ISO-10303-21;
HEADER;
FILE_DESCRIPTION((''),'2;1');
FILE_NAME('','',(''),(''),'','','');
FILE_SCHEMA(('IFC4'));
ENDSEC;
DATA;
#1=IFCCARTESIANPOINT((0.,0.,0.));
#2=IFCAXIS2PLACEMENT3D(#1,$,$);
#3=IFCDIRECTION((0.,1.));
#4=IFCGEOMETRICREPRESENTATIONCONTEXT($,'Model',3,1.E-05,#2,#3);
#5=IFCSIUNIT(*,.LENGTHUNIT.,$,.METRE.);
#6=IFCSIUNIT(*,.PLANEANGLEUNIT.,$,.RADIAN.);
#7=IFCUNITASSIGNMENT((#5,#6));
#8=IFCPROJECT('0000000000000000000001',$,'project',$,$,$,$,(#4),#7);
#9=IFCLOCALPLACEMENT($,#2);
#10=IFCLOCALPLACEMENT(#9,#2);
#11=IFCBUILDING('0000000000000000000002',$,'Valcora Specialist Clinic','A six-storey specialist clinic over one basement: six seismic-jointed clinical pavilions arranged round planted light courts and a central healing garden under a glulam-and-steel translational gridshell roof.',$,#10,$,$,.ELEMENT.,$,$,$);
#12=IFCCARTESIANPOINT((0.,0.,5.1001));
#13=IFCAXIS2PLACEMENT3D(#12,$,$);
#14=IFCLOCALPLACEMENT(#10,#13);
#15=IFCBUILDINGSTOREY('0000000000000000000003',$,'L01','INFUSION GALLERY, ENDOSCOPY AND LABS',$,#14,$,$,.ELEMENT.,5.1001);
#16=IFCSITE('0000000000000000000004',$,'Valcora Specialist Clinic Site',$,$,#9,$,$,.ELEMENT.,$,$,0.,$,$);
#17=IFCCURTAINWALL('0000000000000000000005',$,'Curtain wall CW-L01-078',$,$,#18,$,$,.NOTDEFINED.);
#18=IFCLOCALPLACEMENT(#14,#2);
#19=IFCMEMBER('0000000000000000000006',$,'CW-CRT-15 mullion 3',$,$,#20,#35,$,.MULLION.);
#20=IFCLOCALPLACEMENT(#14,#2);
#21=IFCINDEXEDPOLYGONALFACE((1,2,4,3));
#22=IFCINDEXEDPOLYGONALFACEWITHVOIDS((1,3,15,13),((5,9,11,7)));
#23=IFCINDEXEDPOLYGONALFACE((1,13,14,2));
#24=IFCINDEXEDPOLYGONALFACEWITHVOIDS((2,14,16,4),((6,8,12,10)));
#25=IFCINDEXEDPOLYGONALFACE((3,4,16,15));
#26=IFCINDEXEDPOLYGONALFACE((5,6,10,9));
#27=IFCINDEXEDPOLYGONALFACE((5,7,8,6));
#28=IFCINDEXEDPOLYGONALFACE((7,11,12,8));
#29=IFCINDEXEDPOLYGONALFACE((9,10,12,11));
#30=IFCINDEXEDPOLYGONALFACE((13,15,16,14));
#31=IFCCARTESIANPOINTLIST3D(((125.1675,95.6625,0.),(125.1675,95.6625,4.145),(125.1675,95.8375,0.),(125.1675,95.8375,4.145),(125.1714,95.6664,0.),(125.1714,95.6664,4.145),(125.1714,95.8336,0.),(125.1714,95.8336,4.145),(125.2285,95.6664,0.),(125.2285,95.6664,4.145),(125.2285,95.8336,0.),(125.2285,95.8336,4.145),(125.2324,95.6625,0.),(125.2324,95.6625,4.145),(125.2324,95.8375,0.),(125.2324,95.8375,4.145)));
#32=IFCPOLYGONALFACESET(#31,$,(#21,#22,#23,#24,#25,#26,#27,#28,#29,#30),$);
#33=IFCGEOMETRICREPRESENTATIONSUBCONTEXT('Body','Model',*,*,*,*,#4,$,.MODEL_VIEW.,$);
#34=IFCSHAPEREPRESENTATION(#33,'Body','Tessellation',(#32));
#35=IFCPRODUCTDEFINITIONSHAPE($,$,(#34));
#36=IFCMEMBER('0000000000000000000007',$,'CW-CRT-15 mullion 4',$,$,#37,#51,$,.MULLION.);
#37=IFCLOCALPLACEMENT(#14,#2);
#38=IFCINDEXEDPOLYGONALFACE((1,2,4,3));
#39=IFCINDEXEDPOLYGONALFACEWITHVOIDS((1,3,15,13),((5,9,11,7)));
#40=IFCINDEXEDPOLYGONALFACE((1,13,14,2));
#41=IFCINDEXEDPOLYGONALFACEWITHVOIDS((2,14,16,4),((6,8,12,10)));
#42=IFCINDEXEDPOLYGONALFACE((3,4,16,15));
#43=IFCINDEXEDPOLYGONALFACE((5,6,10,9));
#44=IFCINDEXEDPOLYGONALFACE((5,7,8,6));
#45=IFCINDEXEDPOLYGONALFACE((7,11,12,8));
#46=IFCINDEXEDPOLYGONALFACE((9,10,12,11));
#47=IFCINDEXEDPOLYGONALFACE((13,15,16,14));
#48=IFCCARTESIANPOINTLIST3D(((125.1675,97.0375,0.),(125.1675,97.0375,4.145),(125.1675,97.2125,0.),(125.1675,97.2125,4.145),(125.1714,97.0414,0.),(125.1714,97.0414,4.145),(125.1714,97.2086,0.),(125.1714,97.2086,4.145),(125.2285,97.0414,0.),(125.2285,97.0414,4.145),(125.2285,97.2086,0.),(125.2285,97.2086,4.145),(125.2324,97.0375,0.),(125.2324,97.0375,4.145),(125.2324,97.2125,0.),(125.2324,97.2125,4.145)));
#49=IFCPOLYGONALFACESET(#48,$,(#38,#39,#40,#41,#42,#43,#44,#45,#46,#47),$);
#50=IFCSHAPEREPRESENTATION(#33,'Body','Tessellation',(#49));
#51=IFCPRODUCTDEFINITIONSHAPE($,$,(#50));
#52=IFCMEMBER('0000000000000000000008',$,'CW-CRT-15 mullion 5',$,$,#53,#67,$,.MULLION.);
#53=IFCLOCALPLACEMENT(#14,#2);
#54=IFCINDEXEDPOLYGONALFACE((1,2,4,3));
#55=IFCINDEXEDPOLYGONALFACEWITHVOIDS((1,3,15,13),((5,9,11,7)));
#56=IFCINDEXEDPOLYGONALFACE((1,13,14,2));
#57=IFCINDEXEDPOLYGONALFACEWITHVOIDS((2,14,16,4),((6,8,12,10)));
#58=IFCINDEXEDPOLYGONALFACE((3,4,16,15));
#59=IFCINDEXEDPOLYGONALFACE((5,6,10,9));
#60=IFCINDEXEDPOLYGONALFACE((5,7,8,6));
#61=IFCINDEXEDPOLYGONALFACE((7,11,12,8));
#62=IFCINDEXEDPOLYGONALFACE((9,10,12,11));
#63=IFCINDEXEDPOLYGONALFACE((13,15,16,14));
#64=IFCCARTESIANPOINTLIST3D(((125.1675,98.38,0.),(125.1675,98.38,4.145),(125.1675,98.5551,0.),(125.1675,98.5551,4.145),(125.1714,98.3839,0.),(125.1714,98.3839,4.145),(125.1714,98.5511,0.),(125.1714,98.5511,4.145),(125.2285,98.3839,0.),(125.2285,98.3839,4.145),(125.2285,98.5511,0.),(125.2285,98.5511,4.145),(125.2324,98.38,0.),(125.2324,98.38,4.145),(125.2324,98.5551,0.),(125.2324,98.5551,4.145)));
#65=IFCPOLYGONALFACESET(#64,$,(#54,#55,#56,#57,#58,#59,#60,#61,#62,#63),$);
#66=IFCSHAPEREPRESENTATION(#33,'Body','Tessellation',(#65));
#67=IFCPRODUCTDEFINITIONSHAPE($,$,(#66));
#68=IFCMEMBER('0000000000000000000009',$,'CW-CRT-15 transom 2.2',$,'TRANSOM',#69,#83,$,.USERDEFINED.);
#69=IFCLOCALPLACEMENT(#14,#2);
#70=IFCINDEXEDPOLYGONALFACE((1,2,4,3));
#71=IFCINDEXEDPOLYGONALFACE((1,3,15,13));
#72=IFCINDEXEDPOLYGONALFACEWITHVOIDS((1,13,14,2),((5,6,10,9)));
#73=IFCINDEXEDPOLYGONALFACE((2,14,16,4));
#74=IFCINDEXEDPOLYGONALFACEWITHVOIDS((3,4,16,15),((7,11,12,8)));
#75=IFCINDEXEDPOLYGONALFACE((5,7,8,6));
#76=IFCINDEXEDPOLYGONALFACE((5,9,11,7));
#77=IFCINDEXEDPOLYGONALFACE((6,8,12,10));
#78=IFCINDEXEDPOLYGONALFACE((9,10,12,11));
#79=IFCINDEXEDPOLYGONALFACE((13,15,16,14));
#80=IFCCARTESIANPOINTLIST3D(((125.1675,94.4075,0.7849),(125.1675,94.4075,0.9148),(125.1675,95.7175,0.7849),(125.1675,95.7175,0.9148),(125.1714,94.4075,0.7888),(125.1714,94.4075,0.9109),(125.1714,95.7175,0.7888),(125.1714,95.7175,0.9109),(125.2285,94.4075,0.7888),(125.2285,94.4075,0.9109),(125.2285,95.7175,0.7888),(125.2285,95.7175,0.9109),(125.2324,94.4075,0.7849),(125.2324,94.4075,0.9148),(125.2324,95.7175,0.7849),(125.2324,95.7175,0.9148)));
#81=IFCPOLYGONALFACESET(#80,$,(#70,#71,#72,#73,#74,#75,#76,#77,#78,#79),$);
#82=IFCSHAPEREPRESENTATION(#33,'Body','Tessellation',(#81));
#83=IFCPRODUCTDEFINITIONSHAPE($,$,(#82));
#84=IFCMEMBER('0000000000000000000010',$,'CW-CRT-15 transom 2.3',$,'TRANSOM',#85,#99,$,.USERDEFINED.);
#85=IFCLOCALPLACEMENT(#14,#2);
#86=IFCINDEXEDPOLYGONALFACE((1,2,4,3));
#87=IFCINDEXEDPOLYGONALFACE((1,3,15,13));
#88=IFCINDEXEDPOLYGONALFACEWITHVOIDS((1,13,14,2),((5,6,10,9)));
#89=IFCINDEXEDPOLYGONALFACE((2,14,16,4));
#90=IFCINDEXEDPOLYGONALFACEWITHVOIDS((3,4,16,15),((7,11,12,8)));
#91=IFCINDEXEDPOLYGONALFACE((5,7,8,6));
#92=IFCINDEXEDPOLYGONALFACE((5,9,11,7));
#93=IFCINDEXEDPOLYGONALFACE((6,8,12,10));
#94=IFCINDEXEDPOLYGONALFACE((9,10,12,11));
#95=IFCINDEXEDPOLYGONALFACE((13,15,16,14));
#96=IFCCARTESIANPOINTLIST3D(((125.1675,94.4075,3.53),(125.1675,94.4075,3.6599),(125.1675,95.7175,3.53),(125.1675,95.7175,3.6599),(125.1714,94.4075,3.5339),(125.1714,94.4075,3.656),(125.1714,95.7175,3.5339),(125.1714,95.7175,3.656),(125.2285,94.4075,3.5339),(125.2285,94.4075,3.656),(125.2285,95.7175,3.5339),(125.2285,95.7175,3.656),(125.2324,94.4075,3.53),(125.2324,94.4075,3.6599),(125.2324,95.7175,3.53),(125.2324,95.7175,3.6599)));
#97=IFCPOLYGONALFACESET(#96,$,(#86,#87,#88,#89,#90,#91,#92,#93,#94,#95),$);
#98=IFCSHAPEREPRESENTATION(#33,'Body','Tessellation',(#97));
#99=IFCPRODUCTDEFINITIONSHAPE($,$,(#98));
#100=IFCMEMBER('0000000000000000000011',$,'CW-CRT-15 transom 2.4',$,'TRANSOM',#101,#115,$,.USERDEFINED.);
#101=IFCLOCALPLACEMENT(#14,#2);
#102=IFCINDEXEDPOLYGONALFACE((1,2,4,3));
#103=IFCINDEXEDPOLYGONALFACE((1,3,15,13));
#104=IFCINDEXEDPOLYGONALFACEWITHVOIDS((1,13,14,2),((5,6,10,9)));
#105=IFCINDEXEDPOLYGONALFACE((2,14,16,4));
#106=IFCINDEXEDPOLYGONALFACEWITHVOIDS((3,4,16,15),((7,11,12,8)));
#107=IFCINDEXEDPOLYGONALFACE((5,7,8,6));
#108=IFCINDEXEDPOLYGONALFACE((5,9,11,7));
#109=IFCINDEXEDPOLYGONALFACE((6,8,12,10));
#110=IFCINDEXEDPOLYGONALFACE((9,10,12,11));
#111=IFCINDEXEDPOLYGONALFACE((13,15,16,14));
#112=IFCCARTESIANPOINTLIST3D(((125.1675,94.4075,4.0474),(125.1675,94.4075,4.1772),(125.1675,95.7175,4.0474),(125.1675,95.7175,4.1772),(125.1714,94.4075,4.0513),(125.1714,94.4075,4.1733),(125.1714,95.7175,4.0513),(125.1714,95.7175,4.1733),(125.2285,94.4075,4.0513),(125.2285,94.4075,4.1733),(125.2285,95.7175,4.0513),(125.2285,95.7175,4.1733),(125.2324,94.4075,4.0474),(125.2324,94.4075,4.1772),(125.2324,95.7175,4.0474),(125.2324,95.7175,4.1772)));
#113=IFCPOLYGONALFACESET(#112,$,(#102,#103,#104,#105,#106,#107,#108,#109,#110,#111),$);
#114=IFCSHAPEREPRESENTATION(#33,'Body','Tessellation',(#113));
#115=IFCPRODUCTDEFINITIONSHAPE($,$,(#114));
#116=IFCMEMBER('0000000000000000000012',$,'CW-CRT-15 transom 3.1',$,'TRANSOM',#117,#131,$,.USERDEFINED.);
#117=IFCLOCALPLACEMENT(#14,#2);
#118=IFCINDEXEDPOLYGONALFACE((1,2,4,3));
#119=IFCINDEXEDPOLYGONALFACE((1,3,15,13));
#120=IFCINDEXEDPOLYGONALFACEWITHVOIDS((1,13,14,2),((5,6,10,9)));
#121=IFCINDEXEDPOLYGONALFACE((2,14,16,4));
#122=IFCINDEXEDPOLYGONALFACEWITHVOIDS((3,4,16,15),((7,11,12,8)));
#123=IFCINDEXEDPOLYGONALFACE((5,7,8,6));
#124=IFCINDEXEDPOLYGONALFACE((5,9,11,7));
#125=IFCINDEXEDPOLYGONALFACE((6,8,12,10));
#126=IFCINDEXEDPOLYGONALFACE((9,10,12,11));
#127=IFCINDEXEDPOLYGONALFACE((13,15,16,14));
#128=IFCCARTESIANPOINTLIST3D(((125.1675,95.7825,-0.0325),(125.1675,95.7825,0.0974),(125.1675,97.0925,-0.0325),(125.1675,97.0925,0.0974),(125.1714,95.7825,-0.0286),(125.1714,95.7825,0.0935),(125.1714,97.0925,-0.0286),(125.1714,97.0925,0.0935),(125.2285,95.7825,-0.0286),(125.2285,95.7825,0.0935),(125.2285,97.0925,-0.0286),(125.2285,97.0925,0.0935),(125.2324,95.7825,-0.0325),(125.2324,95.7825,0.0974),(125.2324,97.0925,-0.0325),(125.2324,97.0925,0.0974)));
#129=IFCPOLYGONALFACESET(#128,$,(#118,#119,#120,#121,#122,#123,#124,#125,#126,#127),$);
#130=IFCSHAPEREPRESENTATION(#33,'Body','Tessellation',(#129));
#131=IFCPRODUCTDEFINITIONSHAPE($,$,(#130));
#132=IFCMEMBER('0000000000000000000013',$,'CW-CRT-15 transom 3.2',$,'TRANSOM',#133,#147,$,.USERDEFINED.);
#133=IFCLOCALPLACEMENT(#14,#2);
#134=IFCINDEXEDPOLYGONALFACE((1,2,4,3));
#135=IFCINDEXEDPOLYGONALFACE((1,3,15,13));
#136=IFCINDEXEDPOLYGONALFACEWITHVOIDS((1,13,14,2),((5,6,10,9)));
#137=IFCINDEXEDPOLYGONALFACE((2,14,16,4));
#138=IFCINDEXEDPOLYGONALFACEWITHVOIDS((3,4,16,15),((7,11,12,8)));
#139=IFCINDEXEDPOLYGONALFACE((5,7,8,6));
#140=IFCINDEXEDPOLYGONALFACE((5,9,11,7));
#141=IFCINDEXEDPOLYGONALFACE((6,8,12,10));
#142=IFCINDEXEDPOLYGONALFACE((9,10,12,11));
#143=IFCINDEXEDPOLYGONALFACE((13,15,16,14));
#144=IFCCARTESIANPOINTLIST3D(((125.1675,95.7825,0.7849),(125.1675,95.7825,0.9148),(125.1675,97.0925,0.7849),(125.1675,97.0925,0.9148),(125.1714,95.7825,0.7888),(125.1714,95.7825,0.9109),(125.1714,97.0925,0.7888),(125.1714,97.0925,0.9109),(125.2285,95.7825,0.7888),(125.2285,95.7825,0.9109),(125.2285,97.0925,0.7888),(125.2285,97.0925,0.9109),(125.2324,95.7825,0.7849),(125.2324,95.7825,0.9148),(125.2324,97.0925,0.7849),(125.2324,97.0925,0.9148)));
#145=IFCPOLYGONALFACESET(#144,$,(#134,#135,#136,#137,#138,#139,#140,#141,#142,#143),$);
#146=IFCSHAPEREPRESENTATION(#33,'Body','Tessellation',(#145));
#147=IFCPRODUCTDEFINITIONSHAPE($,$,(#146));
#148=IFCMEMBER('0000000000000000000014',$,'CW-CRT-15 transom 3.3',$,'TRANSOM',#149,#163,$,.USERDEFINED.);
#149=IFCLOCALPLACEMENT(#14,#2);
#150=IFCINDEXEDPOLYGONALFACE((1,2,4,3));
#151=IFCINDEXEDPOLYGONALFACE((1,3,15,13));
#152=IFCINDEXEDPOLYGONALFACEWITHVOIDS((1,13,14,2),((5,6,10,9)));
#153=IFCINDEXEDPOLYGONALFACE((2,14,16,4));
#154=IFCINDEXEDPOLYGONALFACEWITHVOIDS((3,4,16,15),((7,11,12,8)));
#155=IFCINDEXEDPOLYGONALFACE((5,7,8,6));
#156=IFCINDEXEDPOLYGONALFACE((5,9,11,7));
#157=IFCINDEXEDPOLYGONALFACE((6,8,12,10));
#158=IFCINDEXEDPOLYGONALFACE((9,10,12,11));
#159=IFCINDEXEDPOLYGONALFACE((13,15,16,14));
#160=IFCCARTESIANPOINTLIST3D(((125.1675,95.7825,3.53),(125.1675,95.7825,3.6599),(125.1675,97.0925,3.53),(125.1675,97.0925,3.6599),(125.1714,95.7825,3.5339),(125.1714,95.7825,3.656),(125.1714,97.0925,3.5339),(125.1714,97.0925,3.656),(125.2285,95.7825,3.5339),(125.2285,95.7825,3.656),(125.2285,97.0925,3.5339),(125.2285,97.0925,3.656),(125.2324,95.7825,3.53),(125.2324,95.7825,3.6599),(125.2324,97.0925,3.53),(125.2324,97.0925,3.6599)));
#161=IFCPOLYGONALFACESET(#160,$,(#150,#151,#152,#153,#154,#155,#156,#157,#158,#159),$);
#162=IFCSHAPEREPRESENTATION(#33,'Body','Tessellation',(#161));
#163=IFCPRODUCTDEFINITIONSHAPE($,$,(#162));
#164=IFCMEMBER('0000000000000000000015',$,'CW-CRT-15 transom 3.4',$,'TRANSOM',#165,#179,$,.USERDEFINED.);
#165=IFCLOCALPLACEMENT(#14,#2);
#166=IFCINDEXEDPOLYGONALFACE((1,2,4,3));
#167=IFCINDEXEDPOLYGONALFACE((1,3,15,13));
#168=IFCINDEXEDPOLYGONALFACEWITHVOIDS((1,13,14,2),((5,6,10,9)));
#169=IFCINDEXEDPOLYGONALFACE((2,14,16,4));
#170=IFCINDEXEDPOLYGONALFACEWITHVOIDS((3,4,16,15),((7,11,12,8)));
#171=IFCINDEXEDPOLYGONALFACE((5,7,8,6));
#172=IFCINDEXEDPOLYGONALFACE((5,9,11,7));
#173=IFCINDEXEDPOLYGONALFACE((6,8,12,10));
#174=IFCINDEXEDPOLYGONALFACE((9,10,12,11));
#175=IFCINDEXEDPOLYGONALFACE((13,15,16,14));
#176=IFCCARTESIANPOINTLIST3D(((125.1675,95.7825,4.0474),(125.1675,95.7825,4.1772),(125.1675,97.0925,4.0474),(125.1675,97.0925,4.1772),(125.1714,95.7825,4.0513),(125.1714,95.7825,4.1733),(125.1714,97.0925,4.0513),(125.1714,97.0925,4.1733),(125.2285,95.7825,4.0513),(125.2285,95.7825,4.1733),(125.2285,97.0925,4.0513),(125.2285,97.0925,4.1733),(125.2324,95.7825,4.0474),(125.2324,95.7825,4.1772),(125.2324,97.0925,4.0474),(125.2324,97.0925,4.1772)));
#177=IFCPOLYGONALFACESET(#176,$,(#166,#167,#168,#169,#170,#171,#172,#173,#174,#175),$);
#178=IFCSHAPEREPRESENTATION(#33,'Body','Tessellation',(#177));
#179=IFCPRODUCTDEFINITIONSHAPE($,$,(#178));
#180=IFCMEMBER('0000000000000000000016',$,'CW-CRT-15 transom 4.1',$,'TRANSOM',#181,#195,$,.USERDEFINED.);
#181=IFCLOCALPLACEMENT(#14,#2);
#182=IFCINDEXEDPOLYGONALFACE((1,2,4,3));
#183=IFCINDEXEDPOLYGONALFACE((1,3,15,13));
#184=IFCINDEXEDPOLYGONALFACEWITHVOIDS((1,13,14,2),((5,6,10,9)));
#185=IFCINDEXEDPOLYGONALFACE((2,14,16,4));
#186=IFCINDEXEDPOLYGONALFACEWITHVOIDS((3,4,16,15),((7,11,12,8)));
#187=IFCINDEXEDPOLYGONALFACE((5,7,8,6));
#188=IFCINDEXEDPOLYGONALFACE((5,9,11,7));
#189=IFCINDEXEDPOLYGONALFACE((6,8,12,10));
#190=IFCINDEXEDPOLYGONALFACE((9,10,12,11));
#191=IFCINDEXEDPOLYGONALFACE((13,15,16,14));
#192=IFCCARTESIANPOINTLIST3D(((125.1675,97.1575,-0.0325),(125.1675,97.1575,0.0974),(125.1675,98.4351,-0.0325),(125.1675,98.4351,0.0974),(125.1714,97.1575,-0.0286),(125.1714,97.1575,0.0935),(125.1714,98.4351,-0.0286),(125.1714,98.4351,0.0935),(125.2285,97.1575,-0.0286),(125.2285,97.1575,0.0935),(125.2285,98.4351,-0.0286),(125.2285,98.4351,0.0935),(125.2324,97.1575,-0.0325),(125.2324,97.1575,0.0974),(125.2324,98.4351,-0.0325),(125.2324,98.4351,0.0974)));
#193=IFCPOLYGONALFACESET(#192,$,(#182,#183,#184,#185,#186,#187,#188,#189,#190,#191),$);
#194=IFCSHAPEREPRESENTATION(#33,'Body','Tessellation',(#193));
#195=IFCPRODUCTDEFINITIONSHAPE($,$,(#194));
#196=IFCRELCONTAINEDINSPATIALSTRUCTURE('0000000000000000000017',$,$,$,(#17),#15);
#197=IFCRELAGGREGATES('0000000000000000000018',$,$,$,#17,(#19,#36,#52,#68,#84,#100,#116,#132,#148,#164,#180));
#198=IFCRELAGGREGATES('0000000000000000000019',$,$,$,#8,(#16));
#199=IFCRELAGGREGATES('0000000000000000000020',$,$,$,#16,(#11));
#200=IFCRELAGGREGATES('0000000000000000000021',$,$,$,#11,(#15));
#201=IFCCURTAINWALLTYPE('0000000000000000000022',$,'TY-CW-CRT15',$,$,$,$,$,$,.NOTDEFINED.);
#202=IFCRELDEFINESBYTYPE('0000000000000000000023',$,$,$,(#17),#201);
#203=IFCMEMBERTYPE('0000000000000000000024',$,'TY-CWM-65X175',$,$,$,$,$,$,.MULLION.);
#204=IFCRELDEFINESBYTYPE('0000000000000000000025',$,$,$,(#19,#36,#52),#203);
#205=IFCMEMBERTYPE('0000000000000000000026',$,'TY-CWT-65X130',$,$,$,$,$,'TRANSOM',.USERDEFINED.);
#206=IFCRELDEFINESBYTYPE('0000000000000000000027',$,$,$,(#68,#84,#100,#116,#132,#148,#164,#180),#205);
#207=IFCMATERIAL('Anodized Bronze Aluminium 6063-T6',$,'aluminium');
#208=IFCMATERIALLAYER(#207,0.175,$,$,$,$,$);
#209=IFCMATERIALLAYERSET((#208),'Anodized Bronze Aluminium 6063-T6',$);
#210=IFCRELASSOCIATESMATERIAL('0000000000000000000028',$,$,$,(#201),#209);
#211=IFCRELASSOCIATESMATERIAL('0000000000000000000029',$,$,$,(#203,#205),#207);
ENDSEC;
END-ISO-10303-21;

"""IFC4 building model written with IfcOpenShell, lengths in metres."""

from ifc_helpers import new_model, si_unit, direction, frame, origin, origin_2d, place, context, subcontext, project, spatial, hollow_rectangle, extrude, material, layer, layer_set, material_profile, profile_set, type_object, element, aggregate, save


model = new_model("IFC4")

# Units and contexts
model_context = context("Model", 3, precision=1e-05, world=origin(), true_north=direction((0.0, 1.0)))
body_context = subcontext(model_context, "Body", "Model", "MODEL_VIEW")
ifc_project = project(units=[si_unit("LENGTHUNIT", "METRE"), si_unit("PLANEANGLEUNIT", "RADIAN")], contexts=[model_context])

# Site, building, storey
site_placement = place(None, origin())
site = spatial("IfcSite", under=ifc_project, at=site_placement, Name="Valcora Specialist Clinic Site", CompositionType="ELEMENT", RefElevation=0.0)
building_placement = place(site_placement, origin())
building = spatial("IfcBuilding", under=site, at=building_placement, Name="Valcora Specialist Clinic", Description="A six-storey specialist clinic over one basement: six seismic-jointed clinical pavilions arranged round planted light courts and a central healing garden under a glulam-and-steel translational gridshell roof.", CompositionType="ELEMENT")
storey_placement = place(building_placement, frame((0.0, 0.0, 5.1001)))
storey = spatial("IfcBuildingStorey", under=building, at=storey_placement, Name="L01", Description="INFUSION GALLERY, ENDOSCOPY AND LABS", CompositionType="ELEMENT", Elevation=5.1001)

# Curtain wall, members
ifc_material_1 = material(Name="Anodized Bronze Aluminium 6063-T6", Category="aluminium")
ifc_layer_1 = layer(ifc_material_1, 0.175)
ifc_layer_set_1 = layer_set([ifc_layer_1], Name="Anodized Bronze Aluminium 6063-T6")
curtain_wall_type = type_object("IfcCurtainWallType", Name="TY-CW-CRT15", PredefinedType="NOTDEFINED", material=ifc_layer_set_1)
curtain_wall_placement = place(storey_placement, origin())
curtain_wall = element("IfcCurtainWall", 1, at=curtain_wall_placement, inside=storey, type_object=curtain_wall_type, Name="Curtain wall CW-L01-078", PredefinedType="NOTDEFINED")
ifc_material_profile_1 = material_profile(ifc_material_1, hollow_rectangle(XDim=0.0649, YDim=0.175, WallThickness=0.0039, at=origin_2d()), Name="AL-MUL-65X175")
ifc_profile_set_1 = profile_set([ifc_material_profile_1], Name="Anodized Bronze Aluminium 6063-T6")
member_type_1 = type_object("IfcMemberType", Name="TY-CWM-65X175", PredefinedType="MULLION", material=ifc_profile_set_1)
member_1_placement = place(storey_placement, frame((125.2, 95.75, 0.0), z_axis=(0.0, 0.0, 1.0), x_axis=(-1.0, 0.0, 0.0)))
member_1 = element("IfcMember", 2, at=member_1_placement, type_object=member_type_1, Name="CW-CRT-15 mullion 3", PredefinedType="MULLION", context=body_context, shape_type="SweptSolid", body=[
    extrude(hollow_rectangle(XDim=0.0649, YDim=0.175, WallThickness=0.0039, at=origin_2d()), origin(), (0.0, 0.0, 1.0), 4.145),
])
member_2_placement = place(storey_placement, frame((125.2, 97.125, 0.0), z_axis=(0.0, 0.0, 1.0), x_axis=(-1.0, 0.0, 0.0)))
member_2 = element("IfcMember", 3, at=member_2_placement, type_object=member_type_1, Name="CW-CRT-15 mullion 4", PredefinedType="MULLION", context=body_context, shape_type="SweptSolid", body=[
    extrude(hollow_rectangle(XDim=0.0649, YDim=0.175, WallThickness=0.0039, at=origin_2d()), origin(), (0.0, 0.0, 1.0), 4.145),
])
member_3_placement = place(storey_placement, frame((125.2, 98.4675, 0.0), z_axis=(0.0, 0.0, 1.0), x_axis=(-1.0, 0.0, 0.0)))
member_3 = element("IfcMember", 4, at=member_3_placement, type_object=member_type_1, Name="CW-CRT-15 mullion 5", PredefinedType="MULLION", context=body_context, shape_type="SweptSolid", body=[
    extrude(hollow_rectangle(XDim=0.0649, YDim=0.175, WallThickness=0.0039, at=origin_2d()), origin(), (0.0, 0.0, 1.0), 4.145),
])
ifc_material_profile_2 = material_profile(ifc_material_1, hollow_rectangle(XDim=0.0649, YDim=0.1299, WallThickness=0.0039, at=origin_2d()), Name="AL-TRN-65X130")
ifc_profile_set_2 = profile_set([ifc_material_profile_2], Name="Anodized Bronze Aluminium 6063-T6")
member_type_2 = type_object("IfcMemberType", Name="TY-CWT-65X130", ElementType="TRANSOM", PredefinedType="USERDEFINED", material=ifc_profile_set_2)
member_4_placement = place(storey_placement, frame((125.2, 94.4075, 0.8499), z_axis=(0.0, 1.0, 0.0), x_axis=(-1.0, 0.0, 0.0)))
member_4 = element("IfcMember", 5, at=member_4_placement, type_object=member_type_2, Name="CW-CRT-15 transom 2.2", ObjectType="TRANSOM", PredefinedType="USERDEFINED", context=body_context, shape_type="SweptSolid", body=[
    extrude(hollow_rectangle(XDim=0.0649, YDim=0.1299, WallThickness=0.0039, at=origin_2d()), origin(), (0.0, 0.0, 1.0), 1.3101),
])
member_5_placement = place(storey_placement, frame((125.2, 94.4075, 3.595), z_axis=(0.0, 1.0, 0.0), x_axis=(-1.0, 0.0, 0.0)))
member_5 = element("IfcMember", 6, at=member_5_placement, type_object=member_type_2, Name="CW-CRT-15 transom 2.3", ObjectType="TRANSOM", PredefinedType="USERDEFINED", context=body_context, shape_type="SweptSolid", body=[
    extrude(hollow_rectangle(XDim=0.0649, YDim=0.1299, WallThickness=0.0039, at=origin_2d()), origin(), (0.0, 0.0, 1.0), 1.3101),
])
member_6_placement = place(storey_placement, frame((125.2, 94.4075, 4.1123), z_axis=(0.0, 1.0, 0.0), x_axis=(-1.0, 0.0, 0.0)))
member_6 = element("IfcMember", 7, at=member_6_placement, type_object=member_type_2, Name="CW-CRT-15 transom 2.4", ObjectType="TRANSOM", PredefinedType="USERDEFINED", context=body_context, shape_type="SweptSolid", body=[
    extrude(hollow_rectangle(XDim=0.0649, YDim=0.1299, WallThickness=0.0039, at=origin_2d()), origin(), (0.0, 0.0, 1.0), 1.3101),
])
member_7_placement = place(storey_placement, frame((125.2, 95.7825, 0.0325), z_axis=(0.0, 1.0, 0.0), x_axis=(-1.0, 0.0, 0.0)))
member_7 = element("IfcMember", 8, at=member_7_placement, type_object=member_type_2, Name="CW-CRT-15 transom 3.1", ObjectType="TRANSOM", PredefinedType="USERDEFINED", context=body_context, shape_type="SweptSolid", body=[
    extrude(hollow_rectangle(XDim=0.0649, YDim=0.1299, WallThickness=0.0039, at=origin_2d()), origin(), (0.0, 0.0, 1.0), 1.3101),
])
member_8_placement = place(storey_placement, frame((125.2, 95.7825, 0.8499), z_axis=(0.0, 1.0, 0.0), x_axis=(-1.0, 0.0, 0.0)))
member_8 = element("IfcMember", 9, at=member_8_placement, type_object=member_type_2, Name="CW-CRT-15 transom 3.2", ObjectType="TRANSOM", PredefinedType="USERDEFINED", context=body_context, shape_type="SweptSolid", body=[
    extrude(hollow_rectangle(XDim=0.0649, YDim=0.1299, WallThickness=0.0039, at=origin_2d()), origin(), (0.0, 0.0, 1.0), 1.3101),
])
member_9_placement = place(storey_placement, frame((125.2, 95.7825, 3.595), z_axis=(0.0, 1.0, 0.0), x_axis=(-1.0, 0.0, 0.0)))
member_9 = element("IfcMember", 10, at=member_9_placement, type_object=member_type_2, Name="CW-CRT-15 transom 3.3", ObjectType="TRANSOM", PredefinedType="USERDEFINED", context=body_context, shape_type="SweptSolid", body=[
    extrude(hollow_rectangle(XDim=0.0649, YDim=0.1299, WallThickness=0.0039, at=origin_2d()), origin(), (0.0, 0.0, 1.0), 1.3101),
])
member_10_placement = place(storey_placement, frame((125.2, 95.7825, 4.1123), z_axis=(0.0, 1.0, 0.0), x_axis=(-1.0, 0.0, 0.0)))
member_10 = element("IfcMember", 11, at=member_10_placement, type_object=member_type_2, Name="CW-CRT-15 transom 3.4", ObjectType="TRANSOM", PredefinedType="USERDEFINED", context=body_context, shape_type="SweptSolid", body=[
    extrude(hollow_rectangle(XDim=0.0649, YDim=0.1299, WallThickness=0.0039, at=origin_2d()), origin(), (0.0, 0.0, 1.0), 1.3101),
])
member_11_placement = place(storey_placement, frame((125.2, 97.1575, 0.0325), z_axis=(0.0, 1.0, 0.0), x_axis=(-1.0, 0.0, 0.0)))
member_11 = element("IfcMember", 12, at=member_11_placement, type_object=member_type_2, Name="CW-CRT-15 transom 4.1", ObjectType="TRANSOM", PredefinedType="USERDEFINED", context=body_context, shape_type="SweptSolid", body=[
    extrude(hollow_rectangle(XDim=0.0649, YDim=0.1299, WallThickness=0.0039, at=origin_2d()), origin(), (0.0, 0.0, 1.0), 1.2776),
])
aggregate(curtain_wall, [member_1, member_2, member_3, member_4, member_5, member_6, member_7, member_8, member_9, member_10, member_11])

save(model, "model.ifc")
